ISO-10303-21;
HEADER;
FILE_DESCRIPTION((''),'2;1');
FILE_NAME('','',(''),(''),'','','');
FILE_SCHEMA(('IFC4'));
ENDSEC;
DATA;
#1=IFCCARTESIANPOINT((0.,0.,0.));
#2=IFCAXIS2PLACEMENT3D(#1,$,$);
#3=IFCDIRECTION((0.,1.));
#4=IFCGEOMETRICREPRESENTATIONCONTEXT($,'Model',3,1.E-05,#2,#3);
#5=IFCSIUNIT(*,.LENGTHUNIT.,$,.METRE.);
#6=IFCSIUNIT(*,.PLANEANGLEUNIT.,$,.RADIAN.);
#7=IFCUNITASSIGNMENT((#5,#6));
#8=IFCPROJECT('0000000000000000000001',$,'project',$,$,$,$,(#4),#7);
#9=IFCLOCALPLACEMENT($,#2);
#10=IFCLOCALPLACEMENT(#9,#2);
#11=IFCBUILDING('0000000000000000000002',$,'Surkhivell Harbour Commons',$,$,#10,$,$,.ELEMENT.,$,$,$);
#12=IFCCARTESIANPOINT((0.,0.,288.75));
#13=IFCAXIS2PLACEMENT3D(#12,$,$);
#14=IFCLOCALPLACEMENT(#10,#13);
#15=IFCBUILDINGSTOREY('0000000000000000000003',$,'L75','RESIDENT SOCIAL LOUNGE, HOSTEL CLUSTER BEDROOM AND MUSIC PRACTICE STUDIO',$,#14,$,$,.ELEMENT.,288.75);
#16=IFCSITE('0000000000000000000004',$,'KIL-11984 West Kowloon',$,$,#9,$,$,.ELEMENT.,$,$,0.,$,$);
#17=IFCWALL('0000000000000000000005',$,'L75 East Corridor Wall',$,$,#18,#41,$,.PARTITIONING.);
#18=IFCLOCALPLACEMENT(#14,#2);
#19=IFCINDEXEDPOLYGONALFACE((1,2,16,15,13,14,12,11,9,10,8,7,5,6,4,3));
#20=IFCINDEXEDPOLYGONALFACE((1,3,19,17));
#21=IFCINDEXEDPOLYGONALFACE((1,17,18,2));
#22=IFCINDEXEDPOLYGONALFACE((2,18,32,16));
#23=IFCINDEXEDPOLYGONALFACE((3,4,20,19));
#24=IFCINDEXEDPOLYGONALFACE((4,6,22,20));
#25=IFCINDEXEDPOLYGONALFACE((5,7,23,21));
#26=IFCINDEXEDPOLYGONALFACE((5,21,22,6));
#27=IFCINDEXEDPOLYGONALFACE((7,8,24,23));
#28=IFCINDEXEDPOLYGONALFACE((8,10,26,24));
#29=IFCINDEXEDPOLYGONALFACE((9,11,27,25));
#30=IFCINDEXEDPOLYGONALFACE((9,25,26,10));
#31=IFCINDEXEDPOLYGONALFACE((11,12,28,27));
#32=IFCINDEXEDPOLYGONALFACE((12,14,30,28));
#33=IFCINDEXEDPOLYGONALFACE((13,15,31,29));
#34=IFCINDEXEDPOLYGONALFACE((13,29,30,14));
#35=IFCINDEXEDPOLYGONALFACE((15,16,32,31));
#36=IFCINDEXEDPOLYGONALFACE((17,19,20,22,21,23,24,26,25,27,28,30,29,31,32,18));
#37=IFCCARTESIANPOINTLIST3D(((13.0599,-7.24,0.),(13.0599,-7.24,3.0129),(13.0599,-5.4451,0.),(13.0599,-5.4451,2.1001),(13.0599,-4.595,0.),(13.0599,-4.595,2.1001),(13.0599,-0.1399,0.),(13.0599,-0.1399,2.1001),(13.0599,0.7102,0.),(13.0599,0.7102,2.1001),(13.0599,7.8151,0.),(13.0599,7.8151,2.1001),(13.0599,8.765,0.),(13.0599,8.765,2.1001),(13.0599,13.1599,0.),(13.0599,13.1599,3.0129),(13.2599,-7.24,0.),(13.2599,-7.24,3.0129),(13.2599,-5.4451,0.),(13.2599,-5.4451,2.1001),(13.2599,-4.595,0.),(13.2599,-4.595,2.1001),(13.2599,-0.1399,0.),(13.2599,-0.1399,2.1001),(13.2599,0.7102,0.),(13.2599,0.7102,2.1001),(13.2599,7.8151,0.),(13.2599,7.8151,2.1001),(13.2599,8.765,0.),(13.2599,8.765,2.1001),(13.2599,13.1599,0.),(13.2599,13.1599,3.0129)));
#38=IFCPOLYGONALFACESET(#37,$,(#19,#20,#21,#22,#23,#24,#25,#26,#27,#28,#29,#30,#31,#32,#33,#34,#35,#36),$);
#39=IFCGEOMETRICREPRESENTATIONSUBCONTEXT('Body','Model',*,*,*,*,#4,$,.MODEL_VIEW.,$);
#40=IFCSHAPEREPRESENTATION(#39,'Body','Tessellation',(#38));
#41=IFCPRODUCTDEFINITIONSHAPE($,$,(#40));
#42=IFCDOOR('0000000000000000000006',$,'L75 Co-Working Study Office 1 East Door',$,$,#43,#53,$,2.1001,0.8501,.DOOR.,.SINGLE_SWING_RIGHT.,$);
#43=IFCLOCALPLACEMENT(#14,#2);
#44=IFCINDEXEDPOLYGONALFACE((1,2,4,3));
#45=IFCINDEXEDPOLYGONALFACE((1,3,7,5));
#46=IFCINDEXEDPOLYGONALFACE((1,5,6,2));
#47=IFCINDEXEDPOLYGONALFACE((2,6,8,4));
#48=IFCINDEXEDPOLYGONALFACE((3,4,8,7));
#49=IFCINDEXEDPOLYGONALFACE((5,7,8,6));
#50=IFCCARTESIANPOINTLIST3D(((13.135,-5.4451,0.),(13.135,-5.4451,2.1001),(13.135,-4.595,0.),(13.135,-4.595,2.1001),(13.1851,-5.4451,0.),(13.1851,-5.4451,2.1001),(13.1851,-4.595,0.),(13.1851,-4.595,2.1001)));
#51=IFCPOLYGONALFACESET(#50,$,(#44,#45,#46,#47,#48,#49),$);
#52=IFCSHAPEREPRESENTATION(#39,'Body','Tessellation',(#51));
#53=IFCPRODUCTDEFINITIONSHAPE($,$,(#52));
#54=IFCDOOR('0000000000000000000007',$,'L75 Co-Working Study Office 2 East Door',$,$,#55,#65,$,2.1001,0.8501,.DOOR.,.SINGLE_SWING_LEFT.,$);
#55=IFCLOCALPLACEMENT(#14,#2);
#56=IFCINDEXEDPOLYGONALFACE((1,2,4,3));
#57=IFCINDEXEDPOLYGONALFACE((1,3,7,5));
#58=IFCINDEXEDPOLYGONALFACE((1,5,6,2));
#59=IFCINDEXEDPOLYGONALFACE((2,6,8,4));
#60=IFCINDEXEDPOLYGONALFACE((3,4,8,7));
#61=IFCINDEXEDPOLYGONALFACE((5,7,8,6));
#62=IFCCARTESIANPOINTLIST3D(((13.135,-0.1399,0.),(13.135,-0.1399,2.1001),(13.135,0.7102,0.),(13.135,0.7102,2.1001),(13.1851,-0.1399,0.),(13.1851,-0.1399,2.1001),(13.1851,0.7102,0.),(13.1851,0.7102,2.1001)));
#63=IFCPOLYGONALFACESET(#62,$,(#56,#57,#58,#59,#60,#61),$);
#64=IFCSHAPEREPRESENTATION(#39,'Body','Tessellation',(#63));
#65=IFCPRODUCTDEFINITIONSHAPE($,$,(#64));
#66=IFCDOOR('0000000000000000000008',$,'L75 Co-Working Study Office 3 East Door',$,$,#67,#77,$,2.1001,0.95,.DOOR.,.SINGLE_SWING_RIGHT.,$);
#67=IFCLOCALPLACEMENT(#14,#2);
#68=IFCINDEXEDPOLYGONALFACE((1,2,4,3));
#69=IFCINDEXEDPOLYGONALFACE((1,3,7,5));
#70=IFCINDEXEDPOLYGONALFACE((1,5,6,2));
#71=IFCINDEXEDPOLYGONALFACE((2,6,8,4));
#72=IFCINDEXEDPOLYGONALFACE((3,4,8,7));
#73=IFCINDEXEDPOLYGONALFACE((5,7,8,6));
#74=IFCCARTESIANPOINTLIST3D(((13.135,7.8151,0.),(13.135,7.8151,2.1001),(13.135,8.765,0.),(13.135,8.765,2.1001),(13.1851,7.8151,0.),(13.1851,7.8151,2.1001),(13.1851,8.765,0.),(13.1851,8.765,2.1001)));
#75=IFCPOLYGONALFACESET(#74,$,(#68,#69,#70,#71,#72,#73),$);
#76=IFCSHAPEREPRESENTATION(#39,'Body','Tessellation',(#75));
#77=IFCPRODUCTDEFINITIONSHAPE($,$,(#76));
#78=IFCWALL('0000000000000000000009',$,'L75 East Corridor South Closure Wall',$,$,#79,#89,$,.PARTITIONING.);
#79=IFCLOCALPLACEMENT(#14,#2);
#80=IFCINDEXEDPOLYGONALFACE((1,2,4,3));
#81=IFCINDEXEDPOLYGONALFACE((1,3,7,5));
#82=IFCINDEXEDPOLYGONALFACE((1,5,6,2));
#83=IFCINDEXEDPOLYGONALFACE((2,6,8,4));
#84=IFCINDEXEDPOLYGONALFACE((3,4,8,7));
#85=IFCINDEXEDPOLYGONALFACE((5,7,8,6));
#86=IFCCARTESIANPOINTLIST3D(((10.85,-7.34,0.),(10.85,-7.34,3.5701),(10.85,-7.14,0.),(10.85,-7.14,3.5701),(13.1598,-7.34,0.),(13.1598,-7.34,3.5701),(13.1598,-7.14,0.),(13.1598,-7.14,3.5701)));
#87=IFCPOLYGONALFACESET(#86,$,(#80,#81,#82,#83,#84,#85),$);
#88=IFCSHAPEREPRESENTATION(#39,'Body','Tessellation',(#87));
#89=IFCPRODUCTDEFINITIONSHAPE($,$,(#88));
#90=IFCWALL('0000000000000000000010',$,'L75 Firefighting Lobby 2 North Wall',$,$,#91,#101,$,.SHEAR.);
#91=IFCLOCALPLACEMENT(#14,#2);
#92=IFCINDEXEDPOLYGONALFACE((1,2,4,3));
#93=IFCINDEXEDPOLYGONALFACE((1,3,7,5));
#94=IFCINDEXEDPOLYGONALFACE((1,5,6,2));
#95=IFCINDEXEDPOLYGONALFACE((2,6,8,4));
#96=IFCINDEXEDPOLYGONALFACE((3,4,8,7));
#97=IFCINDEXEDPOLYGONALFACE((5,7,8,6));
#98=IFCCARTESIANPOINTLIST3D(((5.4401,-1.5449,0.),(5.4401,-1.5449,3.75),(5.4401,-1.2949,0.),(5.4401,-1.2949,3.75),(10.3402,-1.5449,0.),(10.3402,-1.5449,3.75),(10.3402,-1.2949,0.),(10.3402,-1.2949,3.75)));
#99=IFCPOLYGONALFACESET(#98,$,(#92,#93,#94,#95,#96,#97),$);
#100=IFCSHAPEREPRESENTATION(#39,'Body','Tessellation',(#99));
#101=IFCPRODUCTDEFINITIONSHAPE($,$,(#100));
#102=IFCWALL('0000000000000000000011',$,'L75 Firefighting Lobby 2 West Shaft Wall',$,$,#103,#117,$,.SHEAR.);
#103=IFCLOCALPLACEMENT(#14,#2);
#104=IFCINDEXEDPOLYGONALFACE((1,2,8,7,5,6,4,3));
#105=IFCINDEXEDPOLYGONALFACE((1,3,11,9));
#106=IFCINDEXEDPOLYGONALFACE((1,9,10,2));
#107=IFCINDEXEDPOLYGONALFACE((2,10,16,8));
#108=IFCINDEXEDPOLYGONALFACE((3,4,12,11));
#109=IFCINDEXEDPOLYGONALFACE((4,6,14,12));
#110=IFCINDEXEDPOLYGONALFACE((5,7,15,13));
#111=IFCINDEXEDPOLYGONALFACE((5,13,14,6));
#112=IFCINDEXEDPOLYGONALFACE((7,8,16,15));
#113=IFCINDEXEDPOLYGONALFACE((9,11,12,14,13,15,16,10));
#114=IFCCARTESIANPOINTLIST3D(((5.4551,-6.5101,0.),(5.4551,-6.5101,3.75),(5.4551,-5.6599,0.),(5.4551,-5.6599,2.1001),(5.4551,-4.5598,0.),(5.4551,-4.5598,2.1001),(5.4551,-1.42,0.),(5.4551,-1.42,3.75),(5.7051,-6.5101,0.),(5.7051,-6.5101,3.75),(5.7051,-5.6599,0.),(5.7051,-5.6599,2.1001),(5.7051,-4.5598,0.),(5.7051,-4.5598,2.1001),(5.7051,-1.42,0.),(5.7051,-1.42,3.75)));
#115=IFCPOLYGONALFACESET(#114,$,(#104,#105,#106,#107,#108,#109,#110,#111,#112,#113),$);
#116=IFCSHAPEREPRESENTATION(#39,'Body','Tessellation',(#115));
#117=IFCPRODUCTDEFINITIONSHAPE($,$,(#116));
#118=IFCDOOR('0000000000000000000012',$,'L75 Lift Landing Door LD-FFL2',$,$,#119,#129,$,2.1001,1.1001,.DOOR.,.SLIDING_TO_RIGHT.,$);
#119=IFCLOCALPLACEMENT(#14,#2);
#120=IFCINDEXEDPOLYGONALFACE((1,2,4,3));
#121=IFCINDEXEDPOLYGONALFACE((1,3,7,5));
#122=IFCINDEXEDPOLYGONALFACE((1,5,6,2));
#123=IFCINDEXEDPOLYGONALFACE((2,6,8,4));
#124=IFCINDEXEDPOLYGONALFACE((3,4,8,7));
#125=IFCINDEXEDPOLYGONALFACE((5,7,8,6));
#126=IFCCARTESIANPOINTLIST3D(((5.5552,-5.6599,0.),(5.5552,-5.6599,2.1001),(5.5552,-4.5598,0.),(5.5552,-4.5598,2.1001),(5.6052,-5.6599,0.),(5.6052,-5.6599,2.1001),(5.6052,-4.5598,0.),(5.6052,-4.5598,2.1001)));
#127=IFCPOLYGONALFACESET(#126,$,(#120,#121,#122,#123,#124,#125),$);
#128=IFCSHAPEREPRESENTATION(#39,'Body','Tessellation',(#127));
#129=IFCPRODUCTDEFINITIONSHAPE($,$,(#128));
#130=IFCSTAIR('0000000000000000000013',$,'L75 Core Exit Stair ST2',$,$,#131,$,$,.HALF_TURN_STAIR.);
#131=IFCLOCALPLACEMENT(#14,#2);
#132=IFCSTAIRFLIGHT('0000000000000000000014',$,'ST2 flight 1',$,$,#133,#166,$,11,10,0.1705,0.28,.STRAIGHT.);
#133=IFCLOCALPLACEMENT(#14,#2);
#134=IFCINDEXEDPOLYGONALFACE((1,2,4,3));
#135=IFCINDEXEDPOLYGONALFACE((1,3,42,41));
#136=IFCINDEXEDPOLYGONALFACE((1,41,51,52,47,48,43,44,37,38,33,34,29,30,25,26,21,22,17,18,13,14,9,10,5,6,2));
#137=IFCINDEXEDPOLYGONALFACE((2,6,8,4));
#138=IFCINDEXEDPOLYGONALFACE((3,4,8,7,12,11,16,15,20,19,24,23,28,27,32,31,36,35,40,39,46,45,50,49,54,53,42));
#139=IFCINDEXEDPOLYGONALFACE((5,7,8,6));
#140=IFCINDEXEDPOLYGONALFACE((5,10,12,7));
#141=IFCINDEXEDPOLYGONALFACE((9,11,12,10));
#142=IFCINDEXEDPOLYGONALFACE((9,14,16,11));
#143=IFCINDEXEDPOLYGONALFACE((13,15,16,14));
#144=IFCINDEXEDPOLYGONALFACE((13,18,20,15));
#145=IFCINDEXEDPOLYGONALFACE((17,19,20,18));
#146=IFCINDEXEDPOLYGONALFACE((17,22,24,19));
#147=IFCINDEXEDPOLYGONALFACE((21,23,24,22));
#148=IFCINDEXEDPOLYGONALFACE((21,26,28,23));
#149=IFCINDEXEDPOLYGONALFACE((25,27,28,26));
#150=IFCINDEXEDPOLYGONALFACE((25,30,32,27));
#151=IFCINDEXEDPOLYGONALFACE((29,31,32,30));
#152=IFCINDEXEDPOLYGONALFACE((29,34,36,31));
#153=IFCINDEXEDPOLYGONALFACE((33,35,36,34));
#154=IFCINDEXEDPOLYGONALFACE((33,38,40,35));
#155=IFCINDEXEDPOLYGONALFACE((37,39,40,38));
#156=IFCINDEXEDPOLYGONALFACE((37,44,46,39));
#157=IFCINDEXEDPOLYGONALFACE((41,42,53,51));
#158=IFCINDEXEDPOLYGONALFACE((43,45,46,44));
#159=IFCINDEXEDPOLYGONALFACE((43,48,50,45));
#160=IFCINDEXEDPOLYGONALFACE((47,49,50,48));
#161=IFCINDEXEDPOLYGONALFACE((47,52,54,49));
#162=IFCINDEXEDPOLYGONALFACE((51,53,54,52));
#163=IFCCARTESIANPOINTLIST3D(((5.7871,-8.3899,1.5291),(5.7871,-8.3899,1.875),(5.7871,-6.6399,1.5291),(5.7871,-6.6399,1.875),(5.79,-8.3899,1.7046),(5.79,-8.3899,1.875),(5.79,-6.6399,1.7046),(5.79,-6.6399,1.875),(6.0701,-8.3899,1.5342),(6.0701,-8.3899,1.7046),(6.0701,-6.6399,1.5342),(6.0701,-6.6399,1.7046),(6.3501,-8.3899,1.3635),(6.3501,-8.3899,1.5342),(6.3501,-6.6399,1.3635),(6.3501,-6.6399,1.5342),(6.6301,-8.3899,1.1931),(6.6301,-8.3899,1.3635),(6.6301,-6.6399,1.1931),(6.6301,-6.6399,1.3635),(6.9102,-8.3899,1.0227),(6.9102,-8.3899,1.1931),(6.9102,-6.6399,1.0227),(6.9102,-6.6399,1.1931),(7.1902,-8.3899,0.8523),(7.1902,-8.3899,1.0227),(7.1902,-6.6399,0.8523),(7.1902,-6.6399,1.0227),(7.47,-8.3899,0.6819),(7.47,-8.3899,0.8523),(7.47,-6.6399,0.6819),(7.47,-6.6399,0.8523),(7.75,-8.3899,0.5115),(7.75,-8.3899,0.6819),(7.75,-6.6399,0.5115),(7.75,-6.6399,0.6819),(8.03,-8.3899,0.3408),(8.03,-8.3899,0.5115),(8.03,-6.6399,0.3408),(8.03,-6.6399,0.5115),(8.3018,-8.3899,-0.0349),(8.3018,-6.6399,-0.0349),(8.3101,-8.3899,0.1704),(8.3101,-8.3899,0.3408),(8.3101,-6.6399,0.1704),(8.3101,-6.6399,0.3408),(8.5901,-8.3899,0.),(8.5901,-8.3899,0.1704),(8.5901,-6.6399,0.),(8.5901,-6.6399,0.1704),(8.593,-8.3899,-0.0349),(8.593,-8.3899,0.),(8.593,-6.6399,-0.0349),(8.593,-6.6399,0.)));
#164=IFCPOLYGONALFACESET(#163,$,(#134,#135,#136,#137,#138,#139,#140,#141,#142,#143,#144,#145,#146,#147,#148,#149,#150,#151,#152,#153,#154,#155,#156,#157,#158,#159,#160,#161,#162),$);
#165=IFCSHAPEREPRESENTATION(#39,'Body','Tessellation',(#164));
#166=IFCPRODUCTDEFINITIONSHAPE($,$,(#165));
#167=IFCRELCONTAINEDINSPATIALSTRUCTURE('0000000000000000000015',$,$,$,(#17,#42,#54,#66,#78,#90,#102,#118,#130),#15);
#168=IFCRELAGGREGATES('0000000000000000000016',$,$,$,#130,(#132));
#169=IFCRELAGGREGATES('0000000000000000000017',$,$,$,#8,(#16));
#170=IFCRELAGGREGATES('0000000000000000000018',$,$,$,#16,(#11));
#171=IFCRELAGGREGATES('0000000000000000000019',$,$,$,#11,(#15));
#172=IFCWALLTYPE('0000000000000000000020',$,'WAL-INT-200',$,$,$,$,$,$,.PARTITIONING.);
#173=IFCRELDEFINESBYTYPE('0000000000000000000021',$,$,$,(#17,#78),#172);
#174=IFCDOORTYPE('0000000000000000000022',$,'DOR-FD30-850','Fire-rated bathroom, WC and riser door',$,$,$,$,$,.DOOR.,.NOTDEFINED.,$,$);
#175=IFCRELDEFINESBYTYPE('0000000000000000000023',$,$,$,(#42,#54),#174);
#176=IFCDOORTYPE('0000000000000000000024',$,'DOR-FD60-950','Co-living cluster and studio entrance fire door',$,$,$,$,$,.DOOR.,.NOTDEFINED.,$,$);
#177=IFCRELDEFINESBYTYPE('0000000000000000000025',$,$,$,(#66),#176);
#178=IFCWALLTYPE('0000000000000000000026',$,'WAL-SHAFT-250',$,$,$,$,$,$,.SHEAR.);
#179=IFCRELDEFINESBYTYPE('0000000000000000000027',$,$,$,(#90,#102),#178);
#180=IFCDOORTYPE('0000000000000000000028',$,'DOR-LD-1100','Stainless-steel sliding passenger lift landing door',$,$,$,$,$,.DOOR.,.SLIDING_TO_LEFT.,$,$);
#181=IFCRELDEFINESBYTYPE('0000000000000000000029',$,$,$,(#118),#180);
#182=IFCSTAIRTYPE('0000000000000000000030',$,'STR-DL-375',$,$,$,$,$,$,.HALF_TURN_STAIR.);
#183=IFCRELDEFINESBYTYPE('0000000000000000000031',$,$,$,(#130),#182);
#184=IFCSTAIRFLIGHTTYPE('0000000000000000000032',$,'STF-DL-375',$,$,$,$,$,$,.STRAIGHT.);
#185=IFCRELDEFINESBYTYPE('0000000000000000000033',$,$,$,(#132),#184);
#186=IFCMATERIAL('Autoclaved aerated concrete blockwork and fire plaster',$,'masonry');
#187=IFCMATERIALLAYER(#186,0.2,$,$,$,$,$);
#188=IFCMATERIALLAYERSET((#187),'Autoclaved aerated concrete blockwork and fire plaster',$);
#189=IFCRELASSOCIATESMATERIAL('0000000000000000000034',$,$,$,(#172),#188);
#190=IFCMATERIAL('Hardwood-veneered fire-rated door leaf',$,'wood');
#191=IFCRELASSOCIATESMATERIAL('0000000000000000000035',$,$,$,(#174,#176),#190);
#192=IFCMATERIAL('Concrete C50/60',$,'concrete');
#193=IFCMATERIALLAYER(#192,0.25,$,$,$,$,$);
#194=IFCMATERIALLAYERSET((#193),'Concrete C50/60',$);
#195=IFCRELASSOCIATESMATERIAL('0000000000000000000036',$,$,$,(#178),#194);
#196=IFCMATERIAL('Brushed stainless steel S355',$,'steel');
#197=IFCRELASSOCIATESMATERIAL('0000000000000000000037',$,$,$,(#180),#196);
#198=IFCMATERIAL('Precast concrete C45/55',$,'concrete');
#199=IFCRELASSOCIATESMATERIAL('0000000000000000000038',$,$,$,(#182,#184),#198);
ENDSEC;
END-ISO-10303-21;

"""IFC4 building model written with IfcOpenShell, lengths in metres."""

from ifc_helpers import new_model, si_unit, direction, frame, frame_2d, origin, place, context, subcontext, project, spatial, polyline, rectangle, outline, extrude, material, layer, layer_set, type_object, element, fill, aggregate, save


model = new_model("IFC4")

# Units and contexts
model_context = context("Model", 3, precision=1e-05, world=origin(), true_north=direction((0.0, 1.0)))
body_context = subcontext(model_context, "Body", "Model", "MODEL_VIEW")
ifc_project = project(units=[si_unit("LENGTHUNIT", "METRE"), si_unit("PLANEANGLEUNIT", "RADIAN")], contexts=[model_context])

# Site, building, storey
site_placement = place(None, origin())
site = spatial("IfcSite", under=ifc_project, at=site_placement, Name="KIL-11984 West Kowloon", CompositionType="ELEMENT", RefElevation=0.0)
building_placement = place(site_placement, origin())
building = spatial("IfcBuilding", under=site, at=building_placement, Name="Surkhivell Harbour Commons", CompositionType="ELEMENT")
storey_placement = place(building_placement, frame((0.0, 0.0, 288.75)))
storey = spatial("IfcBuildingStorey", under=building, at=storey_placement, Name="L75", Description="RESIDENT SOCIAL LOUNGE, HOSTEL CLUSTER BEDROOM AND MUSIC PRACTICE STUDIO", CompositionType="ELEMENT", Elevation=288.75)

# Shared definitions
ifc_material_1 = material(Name="Concrete C50/60", Category="concrete")

# Shared definitions
ifc_material_2 = material(Name="Hardwood-veneered fire-rated door leaf", Category="wood")

# Wall, openings, doors
ifc_material_3 = material(Name="Autoclaved aerated concrete blockwork and fire plaster", Category="masonry")
ifc_layer_1 = layer(ifc_material_3, 0.2)
ifc_layer_set_1 = layer_set([ifc_layer_1], Name="Autoclaved aerated concrete blockwork and fire plaster")
wall_type_1 = type_object("IfcWallType", Name="WAL-INT-200", PredefinedType="PARTITIONING", material=ifc_layer_set_1)
wall_1_placement = place(storey_placement, frame((13.1599, -7.24, 0.0), z_axis=(0.0, 0.0, 1.0), x_axis=(0.0, 1.0, 0.0)))
wall_1 = element("IfcWall", 1, at=wall_1_placement, inside=storey, type_object=wall_type_1, Name="L75 East Corridor Wall", PredefinedType="PARTITIONING", context=body_context, shape_type="SweptSolid", body=[
    extrude(rectangle(XDim=20.3999, YDim=0.2, at=frame_2d((10.2, 0.0))), origin(), (0.0, 0.0, 1.0), 3.0129),
])
opening_1_placement = place(wall_1_placement, frame((1.7949, 0.0, 0.0)))
opening_1 = element("IfcOpeningElement", 2, at=opening_1_placement, cuts=wall_1, PredefinedType="OPENING", context=body_context, shape_type="SweptSolid", body=[
    extrude(rectangle(XDim=0.8501, YDim=2.1001, at=frame_2d((0.425, 1.05))), frame((0.0, 0.1099, 0.0), z_axis=(0.0, -1.0, 0.0), x_axis=(1.0, 0.0, 0.0)), (0.0, 0.0, 1.0), 0.22),
])
opening_2_placement = place(wall_1_placement, frame((7.1001, 0.0, 0.0)))
opening_2 = element("IfcOpeningElement", 3, at=opening_2_placement, cuts=wall_1, PredefinedType="OPENING", context=body_context, shape_type="SweptSolid", body=[
    extrude(rectangle(XDim=0.8501, YDim=2.1001, at=frame_2d((0.425, 1.05))), frame((0.0, 0.1099, 0.0), z_axis=(0.0, -1.0, 0.0), x_axis=(1.0, 0.0, 0.0)), (0.0, 0.0, 1.0), 0.22),
])
opening_3_placement = place(wall_1_placement, frame((15.0549, 0.0, 0.0)))
opening_3 = element("IfcOpeningElement", 4, at=opening_3_placement, cuts=wall_1, PredefinedType="OPENING", context=body_context, shape_type="SweptSolid", body=[
    extrude(rectangle(XDim=0.95, YDim=2.1001, at=frame_2d((0.4751, 1.05))), frame((0.0, 0.1099, 0.0), z_axis=(0.0, -1.0, 0.0), x_axis=(1.0, 0.0, 0.0)), (0.0, 0.0, 1.0), 0.22),
])
door_type_1 = type_object("IfcDoorType", Name="DOR-FD30-850", Description="Fire-rated bathroom, WC and riser door", OperationType="NOTDEFINED", PredefinedType="DOOR", material=ifc_material_2)
door_1_placement = place(opening_1_placement, origin())
door_1 = element("IfcDoor", 5, at=door_1_placement, inside=storey, type_object=door_type_1, Name="L75 Co-Working Study Office 1 East Door", OperationType="SINGLE_SWING_RIGHT", OverallHeight=2.1001, OverallWidth=0.8501, PredefinedType="DOOR", context=body_context, shape_type="SweptSolid", body=[
    extrude(rectangle(XDim=0.8501, YDim=2.1001, at=frame_2d((0.425, 1.05))), frame((0.0, 0.0249, 0.0), z_axis=(0.0, -1.0, 0.0), x_axis=(1.0, 0.0, 0.0)), (0.0, 0.0, 1.0), 0.05),
])
fill(opening_1, door_1)
door_2_placement = place(opening_2_placement, origin())
door_2 = element("IfcDoor", 6, at=door_2_placement, inside=storey, type_object=door_type_1, Name="L75 Co-Working Study Office 2 East Door", OperationType="SINGLE_SWING_LEFT", OverallHeight=2.1001, OverallWidth=0.8501, PredefinedType="DOOR", context=body_context, shape_type="SweptSolid", body=[
    extrude(rectangle(XDim=0.8501, YDim=2.1001, at=frame_2d((0.425, 1.05))), frame((0.0, 0.0249, 0.0), z_axis=(0.0, -1.0, 0.0), x_axis=(1.0, 0.0, 0.0)), (0.0, 0.0, 1.0), 0.05),
])
fill(opening_2, door_2)
door_type_2 = type_object("IfcDoorType", Name="DOR-FD60-950", Description="Co-living cluster and studio entrance fire door", OperationType="NOTDEFINED", PredefinedType="DOOR", material=ifc_material_2)
door_3_placement = place(opening_3_placement, origin())
door_3 = element("IfcDoor", 7, at=door_3_placement, inside=storey, type_object=door_type_2, Name="L75 Co-Working Study Office 3 East Door", OperationType="SINGLE_SWING_RIGHT", OverallHeight=2.1001, OverallWidth=0.95, PredefinedType="DOOR", context=body_context, shape_type="SweptSolid", body=[
    extrude(rectangle(XDim=0.95, YDim=2.1001, at=frame_2d((0.4751, 1.05))), frame((0.0, 0.0249, 0.0), z_axis=(0.0, -1.0, 0.0), x_axis=(1.0, 0.0, 0.0)), (0.0, 0.0, 1.0), 0.05),
])
fill(opening_3, door_3)

# Walls
wall_2_placement = place(storey_placement, frame((10.8501, -7.24, 0.0), z_axis=(0.0, 0.0, 1.0), x_axis=(1.0, 0.0, 0.0)))
element("IfcWall", 8, at=wall_2_placement, inside=storey, type_object=wall_type_1, Name="L75 East Corridor South Closure Wall", PredefinedType="PARTITIONING", context=body_context, shape_type="SweptSolid", body=[
    extrude(rectangle(XDim=2.3098, YDim=0.2, at=frame_2d((1.1548, 0.0))), origin(), (0.0, 0.0, 1.0), 3.5701),
])
ifc_layer_2 = layer(ifc_material_1, 0.25)
ifc_layer_set_2 = layer_set([ifc_layer_2], Name="Concrete C50/60")
wall_type_2 = type_object("IfcWallType", Name="WAL-SHAFT-250", PredefinedType="SHEAR", material=ifc_layer_set_2)
wall_3_placement = place(storey_placement, frame((5.4399, -1.4199, 0.0), z_axis=(0.0, 0.0, 1.0), x_axis=(1.0, 0.0, 0.0)))
element("IfcWall", 9, at=wall_3_placement, inside=storey, type_object=wall_type_2, Name="L75 Firefighting Lobby 2 North Wall", PredefinedType="SHEAR", context=body_context, shape_type="SweptSolid", body=[
    extrude(rectangle(XDim=4.9001, YDim=0.25, at=frame_2d((2.4502, 0.0))), origin(), (0.0, 0.0, 1.0), 3.75),
])

# Wall, opening, door
wall_4_placement = place(storey_placement, frame((5.5801, -6.51, 0.0), z_axis=(0.0, 0.0, 1.0), x_axis=(0.0, 1.0, 0.0)))
wall_4 = element("IfcWall", 10, at=wall_4_placement, inside=storey, type_object=wall_type_2, Name="L75 Firefighting Lobby 2 West Shaft Wall", PredefinedType="SHEAR", context=body_context, shape_type="SweptSolid", body=[
    extrude(rectangle(XDim=5.0901, YDim=0.25, at=frame_2d((2.5449, 0.0))), origin(), (0.0, 0.0, 1.0), 3.75),
])
opening_4_placement = place(wall_4_placement, frame((0.8501, 0.0, 0.0)))
opening_4 = element("IfcOpeningElement", 11, at=opening_4_placement, cuts=wall_4, PredefinedType="OPENING", context=body_context, shape_type="SweptSolid", body=[
    extrude(rectangle(XDim=1.1001, YDim=2.1001, at=frame_2d((0.55, 1.05))), frame((0.0, 0.135, 0.0), z_axis=(0.0, -1.0, 0.0), x_axis=(1.0, 0.0, 0.0)), (0.0, 0.0, 1.0), 0.27),
])
ifc_material_4 = material(Name="Brushed stainless steel S355", Category="steel")
door_type_3 = type_object("IfcDoorType", Name="DOR-LD-1100", Description="Stainless-steel sliding passenger lift landing door", OperationType="SLIDING_TO_LEFT", PredefinedType="DOOR", material=ifc_material_4)
door_4_placement = place(opening_4_placement, origin())
door_4 = element("IfcDoor", 12, at=door_4_placement, inside=storey, type_object=door_type_3, Name="L75 Lift Landing Door LD-FFL2", OperationType="SLIDING_TO_RIGHT", OverallHeight=2.1001, OverallWidth=1.1001, PredefinedType="DOOR", context=body_context, shape_type="SweptSolid", body=[
    extrude(rectangle(XDim=1.1001, YDim=2.1001, at=frame_2d((0.55, 1.05))), frame((0.0, 0.0249, 0.0), z_axis=(0.0, -1.0, 0.0), x_axis=(1.0, 0.0, 0.0)), (0.0, 0.0, 1.0), 0.05),
])
fill(opening_4, door_4)

# Stair, stair flight
ifc_material_5 = material(Name="Precast concrete C45/55", Category="concrete")
stair_type = type_object("IfcStairType", Name="STR-DL-375", PredefinedType="HALF_TURN_STAIR", material=ifc_material_5)
stair_placement = place(storey_placement, origin())
stair = element("IfcStair", 13, at=stair_placement, inside=storey, type_object=stair_type, Name="L75 Core Exit Stair ST2", PredefinedType="HALF_TURN_STAIR")
stair_flight_type = type_object("IfcStairFlightType", Name="STF-DL-375", PredefinedType="STRAIGHT", material=ifc_material_5)
stair_flight_placement = place(storey_placement, frame((8.5901, -7.5149, 0.0), z_axis=(0.0, 0.0, 1.0), x_axis=(-1.0, 0.0, 0.0)))
stair_flight = element("IfcStairFlight", 14, at=stair_flight_placement, type_object=stair_flight_type, Name="ST2 flight 1", NumberOfRisers=11, NumberOfTreads=10, PredefinedType="STRAIGHT", RiserHeight=0.1705, TreadLength=0.28, context=body_context, shape_type="SweptSolid", body=[
    extrude(outline(polyline([(-0.0029, -0.0349), (-0.0029, 0.0), (0.0, 0.0), (0.0, 0.1704), (0.28, 0.1704), (0.28, 0.3408), (0.5601, 0.3408), (0.5601, 0.5115), (0.8401, 0.5115), (0.8401, 0.6819), (1.1201, 0.6819), (1.1201, 0.8523), (1.3999, 0.8523), (1.3999, 1.0227), (1.6799, 1.0227), (1.6799, 1.1931), (1.96, 1.1931), (1.96, 1.3635), (2.24, 1.3635), (2.24, 1.5342), (2.52, 1.5342), (2.52, 1.7046), (2.8, 1.7046), (2.8, 1.875), (2.803, 1.875), (2.803, 1.5291), (0.2883, -0.0349), (-0.0029, -0.0349)])), frame((0.0, 0.875, 0.0), z_axis=(0.0, -1.0, 0.0), x_axis=(1.0, 0.0, 0.0)), (0.0, 0.0, 1.0), 1.75),
])
aggregate(stair, [stair_flight])

save(model, "model.ifc")
